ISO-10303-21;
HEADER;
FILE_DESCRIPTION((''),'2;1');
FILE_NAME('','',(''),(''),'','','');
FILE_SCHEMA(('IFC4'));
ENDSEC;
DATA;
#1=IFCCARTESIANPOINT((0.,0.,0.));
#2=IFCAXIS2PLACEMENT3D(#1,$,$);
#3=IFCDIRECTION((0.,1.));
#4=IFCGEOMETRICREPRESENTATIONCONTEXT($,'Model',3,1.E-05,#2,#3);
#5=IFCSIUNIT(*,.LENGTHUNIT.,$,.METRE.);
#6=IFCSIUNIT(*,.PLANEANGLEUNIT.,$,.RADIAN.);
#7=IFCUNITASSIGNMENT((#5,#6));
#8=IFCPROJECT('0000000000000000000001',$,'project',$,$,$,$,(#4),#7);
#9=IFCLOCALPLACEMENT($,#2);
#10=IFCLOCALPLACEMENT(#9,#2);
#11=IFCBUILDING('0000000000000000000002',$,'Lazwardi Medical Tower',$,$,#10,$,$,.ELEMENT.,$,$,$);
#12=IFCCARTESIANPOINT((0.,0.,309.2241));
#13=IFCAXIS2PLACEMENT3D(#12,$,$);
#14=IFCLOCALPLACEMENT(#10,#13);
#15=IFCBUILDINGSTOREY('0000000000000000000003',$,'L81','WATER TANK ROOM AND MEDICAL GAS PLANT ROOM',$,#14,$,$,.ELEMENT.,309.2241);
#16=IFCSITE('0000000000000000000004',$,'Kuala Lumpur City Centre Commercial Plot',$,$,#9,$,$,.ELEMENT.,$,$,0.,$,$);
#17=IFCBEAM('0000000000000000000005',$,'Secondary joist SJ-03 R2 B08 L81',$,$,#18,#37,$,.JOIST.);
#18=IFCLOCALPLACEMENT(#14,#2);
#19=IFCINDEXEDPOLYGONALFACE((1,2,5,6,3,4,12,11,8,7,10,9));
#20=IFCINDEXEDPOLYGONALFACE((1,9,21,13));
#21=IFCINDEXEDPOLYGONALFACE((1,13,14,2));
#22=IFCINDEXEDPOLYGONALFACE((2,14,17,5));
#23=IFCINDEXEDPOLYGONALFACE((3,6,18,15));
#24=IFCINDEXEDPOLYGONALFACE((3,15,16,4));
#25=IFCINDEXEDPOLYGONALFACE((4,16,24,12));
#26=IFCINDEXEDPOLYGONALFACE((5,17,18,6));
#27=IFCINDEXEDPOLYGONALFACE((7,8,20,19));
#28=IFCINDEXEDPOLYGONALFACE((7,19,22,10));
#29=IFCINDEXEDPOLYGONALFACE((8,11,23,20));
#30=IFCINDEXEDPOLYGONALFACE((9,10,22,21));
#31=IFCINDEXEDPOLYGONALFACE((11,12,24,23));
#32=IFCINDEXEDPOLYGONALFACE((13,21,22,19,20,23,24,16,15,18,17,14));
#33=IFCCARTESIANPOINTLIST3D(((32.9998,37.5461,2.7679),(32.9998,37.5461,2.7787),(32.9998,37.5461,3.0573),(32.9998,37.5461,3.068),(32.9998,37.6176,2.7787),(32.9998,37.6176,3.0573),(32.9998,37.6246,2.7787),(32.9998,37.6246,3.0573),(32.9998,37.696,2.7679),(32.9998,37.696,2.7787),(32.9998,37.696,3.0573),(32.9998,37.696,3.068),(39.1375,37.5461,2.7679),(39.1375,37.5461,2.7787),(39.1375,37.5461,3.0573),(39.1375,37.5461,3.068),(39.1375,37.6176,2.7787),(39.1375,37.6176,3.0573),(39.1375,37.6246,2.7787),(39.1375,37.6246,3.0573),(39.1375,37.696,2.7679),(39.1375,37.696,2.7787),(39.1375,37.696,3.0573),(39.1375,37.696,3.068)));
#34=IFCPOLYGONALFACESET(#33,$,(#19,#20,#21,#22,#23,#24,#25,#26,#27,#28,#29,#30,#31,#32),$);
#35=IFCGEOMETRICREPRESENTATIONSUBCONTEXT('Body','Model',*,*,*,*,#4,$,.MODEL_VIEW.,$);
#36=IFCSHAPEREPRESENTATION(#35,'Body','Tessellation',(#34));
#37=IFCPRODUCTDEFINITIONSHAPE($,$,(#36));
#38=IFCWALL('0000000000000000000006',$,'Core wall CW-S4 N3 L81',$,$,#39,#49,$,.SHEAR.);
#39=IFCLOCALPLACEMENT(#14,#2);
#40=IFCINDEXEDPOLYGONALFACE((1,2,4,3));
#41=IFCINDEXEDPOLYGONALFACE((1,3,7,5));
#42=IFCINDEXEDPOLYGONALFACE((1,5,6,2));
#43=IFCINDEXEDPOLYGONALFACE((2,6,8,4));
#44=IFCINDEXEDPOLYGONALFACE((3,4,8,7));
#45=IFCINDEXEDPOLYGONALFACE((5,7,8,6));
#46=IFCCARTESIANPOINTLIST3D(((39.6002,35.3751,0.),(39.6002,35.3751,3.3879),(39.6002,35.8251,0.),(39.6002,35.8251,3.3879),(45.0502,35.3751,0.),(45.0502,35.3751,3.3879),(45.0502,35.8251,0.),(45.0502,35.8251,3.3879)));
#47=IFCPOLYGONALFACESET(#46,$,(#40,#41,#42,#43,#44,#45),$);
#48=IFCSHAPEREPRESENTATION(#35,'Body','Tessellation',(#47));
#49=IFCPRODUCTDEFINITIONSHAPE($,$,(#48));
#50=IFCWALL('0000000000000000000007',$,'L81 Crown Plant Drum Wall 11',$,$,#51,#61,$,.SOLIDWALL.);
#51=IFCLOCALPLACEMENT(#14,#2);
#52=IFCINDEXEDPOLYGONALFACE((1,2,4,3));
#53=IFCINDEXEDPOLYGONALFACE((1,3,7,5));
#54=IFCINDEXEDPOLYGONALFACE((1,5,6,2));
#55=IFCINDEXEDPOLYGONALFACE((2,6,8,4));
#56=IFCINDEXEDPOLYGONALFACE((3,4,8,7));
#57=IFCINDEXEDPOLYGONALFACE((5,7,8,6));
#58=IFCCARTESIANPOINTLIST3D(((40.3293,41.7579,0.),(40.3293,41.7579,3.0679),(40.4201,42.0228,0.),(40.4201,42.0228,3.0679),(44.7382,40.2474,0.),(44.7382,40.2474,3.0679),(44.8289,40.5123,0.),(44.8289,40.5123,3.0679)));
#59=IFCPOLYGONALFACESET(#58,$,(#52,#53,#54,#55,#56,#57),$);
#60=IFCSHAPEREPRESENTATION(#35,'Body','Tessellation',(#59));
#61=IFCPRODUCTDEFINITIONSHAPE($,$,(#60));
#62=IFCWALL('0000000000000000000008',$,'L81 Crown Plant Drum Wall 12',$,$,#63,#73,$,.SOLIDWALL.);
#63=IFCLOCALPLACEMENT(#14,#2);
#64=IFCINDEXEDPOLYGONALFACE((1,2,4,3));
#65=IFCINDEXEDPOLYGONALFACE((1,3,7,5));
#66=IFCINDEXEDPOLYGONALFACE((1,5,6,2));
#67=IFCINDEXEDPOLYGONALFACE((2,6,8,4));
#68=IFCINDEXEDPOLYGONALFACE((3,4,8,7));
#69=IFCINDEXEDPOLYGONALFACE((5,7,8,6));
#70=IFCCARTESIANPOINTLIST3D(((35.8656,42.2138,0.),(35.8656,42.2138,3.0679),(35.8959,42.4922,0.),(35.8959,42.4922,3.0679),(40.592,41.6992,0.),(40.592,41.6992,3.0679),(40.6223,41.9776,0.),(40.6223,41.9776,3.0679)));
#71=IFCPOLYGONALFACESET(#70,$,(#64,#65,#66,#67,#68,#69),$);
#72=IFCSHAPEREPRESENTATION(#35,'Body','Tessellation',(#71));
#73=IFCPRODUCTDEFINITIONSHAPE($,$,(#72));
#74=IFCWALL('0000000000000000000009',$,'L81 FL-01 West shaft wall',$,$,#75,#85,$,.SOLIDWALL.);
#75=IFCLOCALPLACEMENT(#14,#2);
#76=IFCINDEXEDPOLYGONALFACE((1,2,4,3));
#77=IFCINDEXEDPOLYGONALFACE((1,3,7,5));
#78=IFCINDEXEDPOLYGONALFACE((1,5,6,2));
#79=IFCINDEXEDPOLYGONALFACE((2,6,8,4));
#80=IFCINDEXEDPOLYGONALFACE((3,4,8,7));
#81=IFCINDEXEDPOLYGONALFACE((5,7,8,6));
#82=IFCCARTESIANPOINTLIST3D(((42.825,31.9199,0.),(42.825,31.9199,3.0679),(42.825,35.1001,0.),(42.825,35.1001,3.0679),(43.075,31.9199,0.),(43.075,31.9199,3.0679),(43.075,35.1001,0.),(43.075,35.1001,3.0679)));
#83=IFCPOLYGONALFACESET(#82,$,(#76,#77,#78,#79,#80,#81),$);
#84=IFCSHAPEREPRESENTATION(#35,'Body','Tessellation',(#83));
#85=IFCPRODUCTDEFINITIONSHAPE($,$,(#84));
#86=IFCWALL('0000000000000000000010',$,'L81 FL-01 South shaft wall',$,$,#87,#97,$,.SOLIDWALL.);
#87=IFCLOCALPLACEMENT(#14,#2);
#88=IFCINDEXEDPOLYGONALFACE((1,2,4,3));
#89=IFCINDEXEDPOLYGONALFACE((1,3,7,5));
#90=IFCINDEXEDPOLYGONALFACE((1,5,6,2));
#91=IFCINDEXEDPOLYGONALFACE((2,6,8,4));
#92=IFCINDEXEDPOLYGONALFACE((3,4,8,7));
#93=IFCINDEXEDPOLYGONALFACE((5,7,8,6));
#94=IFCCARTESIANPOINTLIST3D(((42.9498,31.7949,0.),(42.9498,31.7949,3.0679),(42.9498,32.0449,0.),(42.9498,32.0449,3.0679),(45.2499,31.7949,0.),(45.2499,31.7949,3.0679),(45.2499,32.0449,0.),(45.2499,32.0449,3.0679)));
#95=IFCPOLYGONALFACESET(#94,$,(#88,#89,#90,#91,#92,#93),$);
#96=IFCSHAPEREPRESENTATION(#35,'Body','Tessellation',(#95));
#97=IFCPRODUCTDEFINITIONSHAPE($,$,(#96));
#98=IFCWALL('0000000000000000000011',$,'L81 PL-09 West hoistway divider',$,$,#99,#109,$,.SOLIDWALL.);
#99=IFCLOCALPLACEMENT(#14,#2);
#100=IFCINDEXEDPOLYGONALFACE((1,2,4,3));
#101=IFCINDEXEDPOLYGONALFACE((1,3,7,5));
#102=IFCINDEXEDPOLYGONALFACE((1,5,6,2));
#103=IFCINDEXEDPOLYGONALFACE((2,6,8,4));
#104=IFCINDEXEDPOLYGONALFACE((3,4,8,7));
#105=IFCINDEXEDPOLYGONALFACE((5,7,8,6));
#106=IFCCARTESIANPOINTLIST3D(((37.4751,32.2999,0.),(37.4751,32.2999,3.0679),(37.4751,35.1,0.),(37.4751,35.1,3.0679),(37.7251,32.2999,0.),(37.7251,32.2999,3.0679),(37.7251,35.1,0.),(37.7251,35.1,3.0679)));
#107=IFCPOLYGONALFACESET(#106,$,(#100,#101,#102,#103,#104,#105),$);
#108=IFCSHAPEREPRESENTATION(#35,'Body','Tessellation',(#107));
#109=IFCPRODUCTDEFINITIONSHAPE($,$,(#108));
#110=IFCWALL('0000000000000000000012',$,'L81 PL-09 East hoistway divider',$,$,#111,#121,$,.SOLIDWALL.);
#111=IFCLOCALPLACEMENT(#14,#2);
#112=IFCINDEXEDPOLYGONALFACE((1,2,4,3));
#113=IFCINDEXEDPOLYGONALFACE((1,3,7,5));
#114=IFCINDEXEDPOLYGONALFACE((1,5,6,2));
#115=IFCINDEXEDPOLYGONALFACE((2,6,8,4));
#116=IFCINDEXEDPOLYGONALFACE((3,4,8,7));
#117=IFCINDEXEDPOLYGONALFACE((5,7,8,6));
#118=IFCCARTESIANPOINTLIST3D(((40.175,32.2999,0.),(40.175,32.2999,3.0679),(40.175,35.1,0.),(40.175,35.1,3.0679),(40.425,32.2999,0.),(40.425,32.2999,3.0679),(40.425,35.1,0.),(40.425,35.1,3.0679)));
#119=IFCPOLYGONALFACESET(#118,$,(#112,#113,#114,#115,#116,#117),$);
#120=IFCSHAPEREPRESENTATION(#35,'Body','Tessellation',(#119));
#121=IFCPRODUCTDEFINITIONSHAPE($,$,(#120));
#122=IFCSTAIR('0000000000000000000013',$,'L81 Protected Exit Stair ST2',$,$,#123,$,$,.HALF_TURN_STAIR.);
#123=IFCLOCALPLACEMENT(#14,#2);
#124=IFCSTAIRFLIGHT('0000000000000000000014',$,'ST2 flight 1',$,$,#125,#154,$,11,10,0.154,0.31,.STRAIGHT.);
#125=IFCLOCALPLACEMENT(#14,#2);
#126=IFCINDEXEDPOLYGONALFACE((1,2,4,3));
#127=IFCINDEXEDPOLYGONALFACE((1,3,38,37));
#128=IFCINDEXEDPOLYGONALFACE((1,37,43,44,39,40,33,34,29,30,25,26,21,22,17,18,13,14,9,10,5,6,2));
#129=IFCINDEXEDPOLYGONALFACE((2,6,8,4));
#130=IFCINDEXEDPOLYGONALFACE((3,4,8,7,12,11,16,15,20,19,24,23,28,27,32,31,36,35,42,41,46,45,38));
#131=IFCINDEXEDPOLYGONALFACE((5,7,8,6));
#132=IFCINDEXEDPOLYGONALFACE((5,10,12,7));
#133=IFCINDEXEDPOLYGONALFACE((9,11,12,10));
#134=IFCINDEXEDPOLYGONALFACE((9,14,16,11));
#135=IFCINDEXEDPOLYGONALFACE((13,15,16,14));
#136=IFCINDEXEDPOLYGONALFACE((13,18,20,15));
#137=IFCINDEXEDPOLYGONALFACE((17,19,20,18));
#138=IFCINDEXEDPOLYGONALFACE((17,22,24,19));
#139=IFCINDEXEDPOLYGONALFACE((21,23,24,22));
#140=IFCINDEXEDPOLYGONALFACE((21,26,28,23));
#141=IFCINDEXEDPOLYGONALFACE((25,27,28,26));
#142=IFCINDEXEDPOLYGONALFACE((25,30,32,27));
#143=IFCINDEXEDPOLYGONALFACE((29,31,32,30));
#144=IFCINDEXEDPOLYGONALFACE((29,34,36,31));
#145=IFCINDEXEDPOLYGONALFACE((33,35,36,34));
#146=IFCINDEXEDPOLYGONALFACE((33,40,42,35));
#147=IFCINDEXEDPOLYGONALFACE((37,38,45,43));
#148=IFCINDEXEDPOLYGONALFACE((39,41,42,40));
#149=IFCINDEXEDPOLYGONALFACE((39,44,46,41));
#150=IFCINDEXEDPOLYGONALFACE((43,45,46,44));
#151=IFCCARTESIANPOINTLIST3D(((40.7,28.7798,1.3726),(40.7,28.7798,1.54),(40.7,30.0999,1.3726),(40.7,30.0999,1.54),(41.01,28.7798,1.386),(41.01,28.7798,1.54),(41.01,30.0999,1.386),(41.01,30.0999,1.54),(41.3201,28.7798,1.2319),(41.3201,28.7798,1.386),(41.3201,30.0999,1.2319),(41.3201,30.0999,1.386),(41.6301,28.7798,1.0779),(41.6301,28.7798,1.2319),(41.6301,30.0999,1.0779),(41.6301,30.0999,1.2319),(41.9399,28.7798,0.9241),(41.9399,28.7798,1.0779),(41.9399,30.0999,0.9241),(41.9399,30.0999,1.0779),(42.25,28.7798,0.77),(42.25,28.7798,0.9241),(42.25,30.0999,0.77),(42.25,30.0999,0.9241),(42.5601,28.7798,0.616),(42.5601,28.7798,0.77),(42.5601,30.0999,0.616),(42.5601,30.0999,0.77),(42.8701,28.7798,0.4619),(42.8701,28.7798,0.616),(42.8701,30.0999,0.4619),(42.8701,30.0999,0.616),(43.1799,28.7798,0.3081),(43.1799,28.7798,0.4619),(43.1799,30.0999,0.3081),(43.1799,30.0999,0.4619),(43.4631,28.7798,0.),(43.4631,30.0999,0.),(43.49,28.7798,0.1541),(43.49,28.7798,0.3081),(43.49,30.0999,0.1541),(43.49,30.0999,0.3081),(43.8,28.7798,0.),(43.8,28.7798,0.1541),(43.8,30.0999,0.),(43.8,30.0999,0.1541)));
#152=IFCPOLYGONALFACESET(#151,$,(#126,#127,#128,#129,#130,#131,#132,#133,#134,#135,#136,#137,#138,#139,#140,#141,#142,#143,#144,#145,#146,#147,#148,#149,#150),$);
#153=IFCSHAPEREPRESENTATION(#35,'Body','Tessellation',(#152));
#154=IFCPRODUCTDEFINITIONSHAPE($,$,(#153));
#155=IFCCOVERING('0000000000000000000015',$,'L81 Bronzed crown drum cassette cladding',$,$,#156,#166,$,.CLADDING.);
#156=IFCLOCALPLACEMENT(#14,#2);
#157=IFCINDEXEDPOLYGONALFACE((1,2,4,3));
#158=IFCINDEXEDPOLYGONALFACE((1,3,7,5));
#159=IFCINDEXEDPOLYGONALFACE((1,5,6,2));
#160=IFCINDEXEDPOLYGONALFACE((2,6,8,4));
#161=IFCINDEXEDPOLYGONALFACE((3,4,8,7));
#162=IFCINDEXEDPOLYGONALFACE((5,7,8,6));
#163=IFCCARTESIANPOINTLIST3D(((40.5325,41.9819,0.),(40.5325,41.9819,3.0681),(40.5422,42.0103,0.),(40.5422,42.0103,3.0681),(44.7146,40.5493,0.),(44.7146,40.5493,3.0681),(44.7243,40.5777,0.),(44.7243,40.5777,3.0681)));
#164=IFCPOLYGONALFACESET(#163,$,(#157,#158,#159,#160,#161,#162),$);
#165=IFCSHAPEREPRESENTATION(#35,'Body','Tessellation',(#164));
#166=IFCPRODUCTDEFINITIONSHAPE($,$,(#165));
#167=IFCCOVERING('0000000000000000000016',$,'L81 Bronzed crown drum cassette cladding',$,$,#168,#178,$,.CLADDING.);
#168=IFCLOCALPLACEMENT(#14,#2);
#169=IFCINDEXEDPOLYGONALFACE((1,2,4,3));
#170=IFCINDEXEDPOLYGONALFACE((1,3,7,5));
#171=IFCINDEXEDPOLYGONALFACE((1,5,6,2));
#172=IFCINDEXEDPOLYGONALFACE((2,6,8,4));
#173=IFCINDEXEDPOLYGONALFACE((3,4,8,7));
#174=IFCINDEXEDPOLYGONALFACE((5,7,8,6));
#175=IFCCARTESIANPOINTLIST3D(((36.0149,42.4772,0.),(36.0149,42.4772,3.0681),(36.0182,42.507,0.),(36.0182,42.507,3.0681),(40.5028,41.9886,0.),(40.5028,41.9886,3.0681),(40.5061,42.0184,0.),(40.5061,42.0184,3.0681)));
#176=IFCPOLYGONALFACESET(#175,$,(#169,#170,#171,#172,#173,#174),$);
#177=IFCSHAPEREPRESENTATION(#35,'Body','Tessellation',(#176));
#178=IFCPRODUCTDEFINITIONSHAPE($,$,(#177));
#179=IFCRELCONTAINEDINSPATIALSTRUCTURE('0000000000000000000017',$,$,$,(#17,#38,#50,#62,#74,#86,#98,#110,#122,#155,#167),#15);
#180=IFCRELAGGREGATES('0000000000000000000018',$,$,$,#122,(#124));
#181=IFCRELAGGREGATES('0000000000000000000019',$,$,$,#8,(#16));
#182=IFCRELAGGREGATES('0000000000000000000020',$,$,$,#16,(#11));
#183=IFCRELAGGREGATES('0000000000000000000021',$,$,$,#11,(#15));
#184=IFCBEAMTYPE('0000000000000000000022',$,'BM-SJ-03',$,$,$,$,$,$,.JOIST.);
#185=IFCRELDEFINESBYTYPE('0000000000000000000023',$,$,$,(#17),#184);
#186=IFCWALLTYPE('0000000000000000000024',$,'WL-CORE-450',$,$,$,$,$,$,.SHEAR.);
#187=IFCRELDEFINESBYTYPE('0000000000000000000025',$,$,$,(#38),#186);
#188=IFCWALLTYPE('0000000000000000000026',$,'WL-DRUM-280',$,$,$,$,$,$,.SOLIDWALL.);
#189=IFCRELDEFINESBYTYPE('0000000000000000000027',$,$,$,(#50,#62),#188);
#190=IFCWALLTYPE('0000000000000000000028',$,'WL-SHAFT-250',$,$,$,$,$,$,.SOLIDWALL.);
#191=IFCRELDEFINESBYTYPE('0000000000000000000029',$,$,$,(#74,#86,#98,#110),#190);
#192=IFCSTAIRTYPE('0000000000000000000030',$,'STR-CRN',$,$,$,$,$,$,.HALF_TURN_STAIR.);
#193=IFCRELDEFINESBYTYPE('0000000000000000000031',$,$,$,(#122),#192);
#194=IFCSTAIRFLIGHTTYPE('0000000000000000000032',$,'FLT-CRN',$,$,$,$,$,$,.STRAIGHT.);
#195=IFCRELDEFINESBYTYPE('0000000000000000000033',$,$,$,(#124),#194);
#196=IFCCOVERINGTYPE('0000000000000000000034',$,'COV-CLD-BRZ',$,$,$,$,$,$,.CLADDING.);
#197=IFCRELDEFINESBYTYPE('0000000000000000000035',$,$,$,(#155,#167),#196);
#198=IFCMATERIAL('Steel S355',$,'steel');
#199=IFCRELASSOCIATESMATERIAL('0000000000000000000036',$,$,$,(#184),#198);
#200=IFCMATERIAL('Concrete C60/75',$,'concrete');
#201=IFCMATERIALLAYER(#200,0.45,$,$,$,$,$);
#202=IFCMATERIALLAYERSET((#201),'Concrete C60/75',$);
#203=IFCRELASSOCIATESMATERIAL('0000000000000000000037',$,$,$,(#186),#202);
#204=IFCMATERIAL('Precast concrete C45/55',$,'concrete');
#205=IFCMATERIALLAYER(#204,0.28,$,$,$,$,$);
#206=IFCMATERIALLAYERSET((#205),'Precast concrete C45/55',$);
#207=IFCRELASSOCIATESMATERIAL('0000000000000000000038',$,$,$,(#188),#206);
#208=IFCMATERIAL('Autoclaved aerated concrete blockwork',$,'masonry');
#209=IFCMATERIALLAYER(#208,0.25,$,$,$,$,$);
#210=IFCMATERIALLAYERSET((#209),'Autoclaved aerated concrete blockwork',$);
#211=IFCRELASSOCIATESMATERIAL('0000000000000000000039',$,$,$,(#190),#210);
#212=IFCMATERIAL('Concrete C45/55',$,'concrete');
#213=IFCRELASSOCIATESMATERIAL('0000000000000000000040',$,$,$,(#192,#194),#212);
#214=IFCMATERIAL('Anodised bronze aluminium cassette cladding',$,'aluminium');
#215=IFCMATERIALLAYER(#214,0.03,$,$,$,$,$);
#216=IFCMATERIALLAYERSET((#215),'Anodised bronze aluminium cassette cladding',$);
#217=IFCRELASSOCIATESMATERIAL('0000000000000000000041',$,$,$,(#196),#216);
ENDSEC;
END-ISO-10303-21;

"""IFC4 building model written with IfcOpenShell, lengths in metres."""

from ifc_helpers import new_model, si_unit, direction, frame, frame_2d, origin, origin_2d, place, context, subcontext, project, spatial, polyline, rectangle, i_section, outline, extrude, material, layer, layer_set, material_profile, profile_set, type_object, element, aggregate, save


model = new_model("IFC4")

# Units and contexts
model_context = context("Model", 3, precision=1e-05, world=origin(), true_north=direction((0.0, 1.0)))
body_context = subcontext(model_context, "Body", "Model", "MODEL_VIEW")
ifc_project = project(units=[si_unit("LENGTHUNIT", "METRE"), si_unit("PLANEANGLEUNIT", "RADIAN")], contexts=[model_context])

# Site, building, storey
site_placement = place(None, origin())
site = spatial("IfcSite", under=ifc_project, at=site_placement, Name="Kuala Lumpur City Centre Commercial Plot", CompositionType="ELEMENT", RefElevation=0.0)
building_placement = place(site_placement, origin())
building = spatial("IfcBuilding", under=site, at=building_placement, Name="Lazwardi Medical Tower", CompositionType="ELEMENT")
storey_placement = place(building_placement, frame((0.0, 0.0, 309.2241)))
storey = spatial("IfcBuildingStorey", under=building, at=storey_placement, Name="L81", Description="WATER TANK ROOM AND MEDICAL GAS PLANT ROOM", CompositionType="ELEMENT", Elevation=309.2241)

# Shared definitions
ifc_material_1 = material(Name="Concrete C60/75", Category="concrete")

# Beam
ifc_material_2 = material(Name="Steel S355", Category="steel")
ifc_material_profile_1 = material_profile(ifc_material_2, i_section(OverallWidth=0.1499, OverallDepth=0.3, WebThickness=0.0071, FlangeThickness=0.0107, at=origin_2d()), Name="IPE 300")
ifc_profile_set_1 = profile_set([ifc_material_profile_1], Name="Steel S355")
beam_type_1 = type_object("IfcBeamType", Name="BM-SJ-03", PredefinedType="JOIST", material=ifc_profile_set_1)
beam_1_placement = place(storey_placement, frame((39.1375, 37.6211, 2.918), z_axis=(-1.0, 0.0, 0.0), x_axis=(0.0, -1.0, 0.0)))
element("IfcBeam", 1, at=beam_1_placement, inside=storey, type_object=beam_type_1, Name="Secondary joist SJ-03 R2 B08 L81", PredefinedType="JOIST", context=body_context, shape_type="SweptSolid", body=[
    extrude(i_section(OverallWidth=0.1499, OverallDepth=0.3, WebThickness=0.0071, FlangeThickness=0.0107, at=origin_2d()), origin(), (0.0, 0.0, 1.0), 6.1377),
])

# Walls
ifc_layer_1 = layer(ifc_material_1, 0.45)
ifc_layer_set_1 = layer_set([ifc_layer_1], Name="Concrete C60/75")
wall_type_1 = type_object("IfcWallType", Name="WL-CORE-450", PredefinedType="SHEAR", material=ifc_layer_set_1)
wall_1_placement = place(storey_placement, frame((39.6001, 35.6001, 0.0), z_axis=(0.0, 0.0, 1.0), x_axis=(1.0, 0.0, 0.0)))
element("IfcWall", 2, at=wall_1_placement, inside=storey, type_object=wall_type_1, Name="Core wall CW-S4 N3 L81", PredefinedType="SHEAR", context=body_context, shape_type="SweptSolid", body=[
    extrude(rectangle(XDim=5.45, YDim=0.45, at=frame_2d((2.7251, 0.0))), origin(), (0.0, 0.0, 1.0), 3.3879),
])
ifc_material_3 = material(Name="Precast concrete C45/55", Category="concrete")
ifc_layer_2 = layer(ifc_material_3, 0.28)
ifc_layer_set_2 = layer_set([ifc_layer_2], Name="Precast concrete C45/55")
wall_type_2 = type_object("IfcWallType", Name="WL-DRUM-280", PredefinedType="SOLIDWALL", material=ifc_layer_set_2)
wall_2_placement = place(storey_placement, frame((44.7834, 40.3799, 0.0), z_axis=(0.0, 0.0, 1.0), x_axis=(-0.946021, 0.324106, 0.0)))
element("IfcWall", 3, at=wall_2_placement, inside=storey, type_object=wall_type_2, Name="L81 Crown Plant Drum Wall 11", PredefinedType="SOLIDWALL", context=body_context, shape_type="SweptSolid", body=[
    extrude(rectangle(XDim=4.6604, YDim=0.28, at=frame_2d((2.3301, 0.0))), origin(), (0.0, 0.0, 1.0), 3.0679),
])
wall_3_placement = place(storey_placement, frame((40.6072, 41.8384, 0.0), z_axis=(0.0, 0.0, 1.0), x_axis=(-0.994124, 0.108245, 0.0)))
element("IfcWall", 4, at=wall_3_placement, inside=storey, type_object=wall_type_2, Name="L81 Crown Plant Drum Wall 12", PredefinedType="SOLIDWALL", context=body_context, shape_type="SweptSolid", body=[
    extrude(rectangle(XDim=4.7544, YDim=0.28, at=frame_2d((2.3772, 0.0))), origin(), (0.0, 0.0, 1.0), 3.0679),
])
ifc_material_4 = material(Name="Autoclaved aerated concrete blockwork", Category="masonry")
ifc_layer_3 = layer(ifc_material_4, 0.25)
ifc_layer_set_3 = layer_set([ifc_layer_3], Name="Autoclaved aerated concrete blockwork")
wall_type_3 = type_object("IfcWallType", Name="WL-SHAFT-250", PredefinedType="SOLIDWALL", material=ifc_layer_set_3)
wall_4_placement = place(storey_placement, frame((42.95, 31.9199, 0.0), z_axis=(0.0, 0.0, 1.0), x_axis=(0.0, 1.0, 0.0)))
element("IfcWall", 5, at=wall_4_placement, inside=storey, type_object=wall_type_3, Name="L81 FL-01 West shaft wall", PredefinedType="SOLIDWALL", context=body_context, shape_type="SweptSolid", body=[
    extrude(rectangle(XDim=3.1802, YDim=0.25, at=frame_2d((1.5901, 0.0))), origin(), (0.0, 0.0, 1.0), 3.0679),
])
wall_5_placement = place(storey_placement, frame((42.95, 31.9199, 0.0), z_axis=(0.0, 0.0, 1.0), x_axis=(1.0, 0.0, 0.0)))
element("IfcWall", 6, at=wall_5_placement, inside=storey, type_object=wall_type_3, Name="L81 FL-01 South shaft wall", PredefinedType="SOLIDWALL", context=body_context, shape_type="SweptSolid", body=[
    extrude(rectangle(XDim=2.3, YDim=0.25, at=frame_2d((1.1499, 0.0))), origin(), (0.0, 0.0, 1.0), 3.0679),
])
for number, where, z_axis, x_axis, name in (
    (7, (37.6001, 32.3, 0.0), (0.0, 0.0, 1.0), (0.0, 1.0, 0.0), "L81 PL-09 West hoistway divider"),
    (8, (40.3, 32.3, 0.0), (0.0, 0.0, 1.0), (0.0, 1.0, 0.0), "L81 PL-09 East hoistway divider"),
):
    element("IfcWall", number, at=place(storey_placement, frame(where, z_axis=z_axis, x_axis=x_axis)), inside=storey, type_object=wall_type_3, Name=name, PredefinedType="SOLIDWALL", context=body_context, shape_type="SweptSolid", body=[
        extrude(rectangle(XDim=2.8, YDim=0.25, at=frame_2d((1.3999, 0.0))), origin(), (0.0, 0.0, 1.0), 3.0679),
    ])

# Stair, stair flight
ifc_material_5 = material(Name="Concrete C45/55", Category="concrete")
stair_type = type_object("IfcStairType", Name="STR-CRN", PredefinedType="HALF_TURN_STAIR", material=ifc_material_5)
stair_placement = place(storey_placement, origin())
stair = element("IfcStair", 9, at=stair_placement, inside=storey, type_object=stair_type, Name="L81 Protected Exit Stair ST2", PredefinedType="HALF_TURN_STAIR")
stair_flight_type = type_object("IfcStairFlightType", Name="FLT-CRN", PredefinedType="STRAIGHT", material=ifc_material_5)
stair_flight_placement = place(storey_placement, frame((43.8, 29.4399, 0.0), z_axis=(0.0, 0.0, 1.0), x_axis=(-1.0, 0.0, 0.0)))
stair_flight = element("IfcStairFlight", 10, at=stair_flight_placement, type_object=stair_flight_type, Name="ST2 flight 1", NumberOfRisers=11, NumberOfTreads=10, PredefinedType="STRAIGHT", RiserHeight=0.154, TreadLength=0.31, context=body_context, shape_type="SweptSolid", body=[
    extrude(outline(polyline([(0.0, 0.0), (0.0, 0.1541), (0.3101, 0.1541), (0.3101, 0.3081), (0.6201, 0.3081), (0.6201, 0.4619), (0.9299, 0.4619), (0.9299, 0.616), (1.24, 0.616), (1.24, 0.77), (1.55, 0.77), (1.55, 0.9241), (1.8601, 0.9241), (1.8601, 1.0779), (2.1699, 1.0779), (2.1699, 1.2319), (2.48, 1.2319), (2.48, 1.386), (2.79, 1.386), (2.79, 1.54), (3.1001, 1.54), (3.1001, 1.6941), (3.1001, 1.3726), (0.3369, 0.0), (0.0, 0.0)])), frame((0.0, 0.6602, 0.0), z_axis=(0.0, -1.0, 0.0), x_axis=(1.0, 0.0, 0.0)), (0.0, 0.0, 1.0), 1.3201),
])
aggregate(stair, [stair_flight])

# Coverings
ifc_material_6 = material(Name="Anodised bronze aluminium cassette cladding", Category="aluminium")
ifc_layer_4 = layer(ifc_material_6, 0.03)
ifc_layer_set_4 = layer_set([ifc_layer_4], Name="Anodised bronze aluminium cassette cladding")
covering_type = type_object("IfcCoveringType", Name="COV-CLD-BRZ", PredefinedType="CLADDING", material=ifc_layer_set_4)
covering_1_placement = place(storey_placement, frame((42.6284, 41.2798, 0.0), z_axis=(0.0, 0.0, 1.0), x_axis=(-0.946033, 0.324069, 0.0)))
element("IfcCovering", 11, at=covering_1_placement, inside=storey, type_object=covering_type, Name="L81 Bronzed crown drum cassette cladding", PredefinedType="CLADDING", context=body_context, shape_type="SweptSolid", body=[
    extrude(rectangle(XDim=4.4207, YDim=0.03, at=origin_2d()), origin(), (0.0, 0.0, 1.0), 3.0681),
])
covering_2_placement = place(storey_placement, frame((38.2605, 42.2478, 0.0), z_axis=(0.0, 0.0, 1.0), x_axis=(-0.994126, 0.10823, 0.0)))
element("IfcCovering", 12, at=covering_2_placement, inside=storey, type_object=covering_type, Name="L81 Bronzed crown drum cassette cladding", PredefinedType="CLADDING", context=body_context, shape_type="SweptSolid", body=[
    extrude(rectangle(XDim=4.5144, YDim=0.03, at=origin_2d()), origin(), (0.0, 0.0, 1.0), 3.0681),
])

save(model, "model.ifc")
